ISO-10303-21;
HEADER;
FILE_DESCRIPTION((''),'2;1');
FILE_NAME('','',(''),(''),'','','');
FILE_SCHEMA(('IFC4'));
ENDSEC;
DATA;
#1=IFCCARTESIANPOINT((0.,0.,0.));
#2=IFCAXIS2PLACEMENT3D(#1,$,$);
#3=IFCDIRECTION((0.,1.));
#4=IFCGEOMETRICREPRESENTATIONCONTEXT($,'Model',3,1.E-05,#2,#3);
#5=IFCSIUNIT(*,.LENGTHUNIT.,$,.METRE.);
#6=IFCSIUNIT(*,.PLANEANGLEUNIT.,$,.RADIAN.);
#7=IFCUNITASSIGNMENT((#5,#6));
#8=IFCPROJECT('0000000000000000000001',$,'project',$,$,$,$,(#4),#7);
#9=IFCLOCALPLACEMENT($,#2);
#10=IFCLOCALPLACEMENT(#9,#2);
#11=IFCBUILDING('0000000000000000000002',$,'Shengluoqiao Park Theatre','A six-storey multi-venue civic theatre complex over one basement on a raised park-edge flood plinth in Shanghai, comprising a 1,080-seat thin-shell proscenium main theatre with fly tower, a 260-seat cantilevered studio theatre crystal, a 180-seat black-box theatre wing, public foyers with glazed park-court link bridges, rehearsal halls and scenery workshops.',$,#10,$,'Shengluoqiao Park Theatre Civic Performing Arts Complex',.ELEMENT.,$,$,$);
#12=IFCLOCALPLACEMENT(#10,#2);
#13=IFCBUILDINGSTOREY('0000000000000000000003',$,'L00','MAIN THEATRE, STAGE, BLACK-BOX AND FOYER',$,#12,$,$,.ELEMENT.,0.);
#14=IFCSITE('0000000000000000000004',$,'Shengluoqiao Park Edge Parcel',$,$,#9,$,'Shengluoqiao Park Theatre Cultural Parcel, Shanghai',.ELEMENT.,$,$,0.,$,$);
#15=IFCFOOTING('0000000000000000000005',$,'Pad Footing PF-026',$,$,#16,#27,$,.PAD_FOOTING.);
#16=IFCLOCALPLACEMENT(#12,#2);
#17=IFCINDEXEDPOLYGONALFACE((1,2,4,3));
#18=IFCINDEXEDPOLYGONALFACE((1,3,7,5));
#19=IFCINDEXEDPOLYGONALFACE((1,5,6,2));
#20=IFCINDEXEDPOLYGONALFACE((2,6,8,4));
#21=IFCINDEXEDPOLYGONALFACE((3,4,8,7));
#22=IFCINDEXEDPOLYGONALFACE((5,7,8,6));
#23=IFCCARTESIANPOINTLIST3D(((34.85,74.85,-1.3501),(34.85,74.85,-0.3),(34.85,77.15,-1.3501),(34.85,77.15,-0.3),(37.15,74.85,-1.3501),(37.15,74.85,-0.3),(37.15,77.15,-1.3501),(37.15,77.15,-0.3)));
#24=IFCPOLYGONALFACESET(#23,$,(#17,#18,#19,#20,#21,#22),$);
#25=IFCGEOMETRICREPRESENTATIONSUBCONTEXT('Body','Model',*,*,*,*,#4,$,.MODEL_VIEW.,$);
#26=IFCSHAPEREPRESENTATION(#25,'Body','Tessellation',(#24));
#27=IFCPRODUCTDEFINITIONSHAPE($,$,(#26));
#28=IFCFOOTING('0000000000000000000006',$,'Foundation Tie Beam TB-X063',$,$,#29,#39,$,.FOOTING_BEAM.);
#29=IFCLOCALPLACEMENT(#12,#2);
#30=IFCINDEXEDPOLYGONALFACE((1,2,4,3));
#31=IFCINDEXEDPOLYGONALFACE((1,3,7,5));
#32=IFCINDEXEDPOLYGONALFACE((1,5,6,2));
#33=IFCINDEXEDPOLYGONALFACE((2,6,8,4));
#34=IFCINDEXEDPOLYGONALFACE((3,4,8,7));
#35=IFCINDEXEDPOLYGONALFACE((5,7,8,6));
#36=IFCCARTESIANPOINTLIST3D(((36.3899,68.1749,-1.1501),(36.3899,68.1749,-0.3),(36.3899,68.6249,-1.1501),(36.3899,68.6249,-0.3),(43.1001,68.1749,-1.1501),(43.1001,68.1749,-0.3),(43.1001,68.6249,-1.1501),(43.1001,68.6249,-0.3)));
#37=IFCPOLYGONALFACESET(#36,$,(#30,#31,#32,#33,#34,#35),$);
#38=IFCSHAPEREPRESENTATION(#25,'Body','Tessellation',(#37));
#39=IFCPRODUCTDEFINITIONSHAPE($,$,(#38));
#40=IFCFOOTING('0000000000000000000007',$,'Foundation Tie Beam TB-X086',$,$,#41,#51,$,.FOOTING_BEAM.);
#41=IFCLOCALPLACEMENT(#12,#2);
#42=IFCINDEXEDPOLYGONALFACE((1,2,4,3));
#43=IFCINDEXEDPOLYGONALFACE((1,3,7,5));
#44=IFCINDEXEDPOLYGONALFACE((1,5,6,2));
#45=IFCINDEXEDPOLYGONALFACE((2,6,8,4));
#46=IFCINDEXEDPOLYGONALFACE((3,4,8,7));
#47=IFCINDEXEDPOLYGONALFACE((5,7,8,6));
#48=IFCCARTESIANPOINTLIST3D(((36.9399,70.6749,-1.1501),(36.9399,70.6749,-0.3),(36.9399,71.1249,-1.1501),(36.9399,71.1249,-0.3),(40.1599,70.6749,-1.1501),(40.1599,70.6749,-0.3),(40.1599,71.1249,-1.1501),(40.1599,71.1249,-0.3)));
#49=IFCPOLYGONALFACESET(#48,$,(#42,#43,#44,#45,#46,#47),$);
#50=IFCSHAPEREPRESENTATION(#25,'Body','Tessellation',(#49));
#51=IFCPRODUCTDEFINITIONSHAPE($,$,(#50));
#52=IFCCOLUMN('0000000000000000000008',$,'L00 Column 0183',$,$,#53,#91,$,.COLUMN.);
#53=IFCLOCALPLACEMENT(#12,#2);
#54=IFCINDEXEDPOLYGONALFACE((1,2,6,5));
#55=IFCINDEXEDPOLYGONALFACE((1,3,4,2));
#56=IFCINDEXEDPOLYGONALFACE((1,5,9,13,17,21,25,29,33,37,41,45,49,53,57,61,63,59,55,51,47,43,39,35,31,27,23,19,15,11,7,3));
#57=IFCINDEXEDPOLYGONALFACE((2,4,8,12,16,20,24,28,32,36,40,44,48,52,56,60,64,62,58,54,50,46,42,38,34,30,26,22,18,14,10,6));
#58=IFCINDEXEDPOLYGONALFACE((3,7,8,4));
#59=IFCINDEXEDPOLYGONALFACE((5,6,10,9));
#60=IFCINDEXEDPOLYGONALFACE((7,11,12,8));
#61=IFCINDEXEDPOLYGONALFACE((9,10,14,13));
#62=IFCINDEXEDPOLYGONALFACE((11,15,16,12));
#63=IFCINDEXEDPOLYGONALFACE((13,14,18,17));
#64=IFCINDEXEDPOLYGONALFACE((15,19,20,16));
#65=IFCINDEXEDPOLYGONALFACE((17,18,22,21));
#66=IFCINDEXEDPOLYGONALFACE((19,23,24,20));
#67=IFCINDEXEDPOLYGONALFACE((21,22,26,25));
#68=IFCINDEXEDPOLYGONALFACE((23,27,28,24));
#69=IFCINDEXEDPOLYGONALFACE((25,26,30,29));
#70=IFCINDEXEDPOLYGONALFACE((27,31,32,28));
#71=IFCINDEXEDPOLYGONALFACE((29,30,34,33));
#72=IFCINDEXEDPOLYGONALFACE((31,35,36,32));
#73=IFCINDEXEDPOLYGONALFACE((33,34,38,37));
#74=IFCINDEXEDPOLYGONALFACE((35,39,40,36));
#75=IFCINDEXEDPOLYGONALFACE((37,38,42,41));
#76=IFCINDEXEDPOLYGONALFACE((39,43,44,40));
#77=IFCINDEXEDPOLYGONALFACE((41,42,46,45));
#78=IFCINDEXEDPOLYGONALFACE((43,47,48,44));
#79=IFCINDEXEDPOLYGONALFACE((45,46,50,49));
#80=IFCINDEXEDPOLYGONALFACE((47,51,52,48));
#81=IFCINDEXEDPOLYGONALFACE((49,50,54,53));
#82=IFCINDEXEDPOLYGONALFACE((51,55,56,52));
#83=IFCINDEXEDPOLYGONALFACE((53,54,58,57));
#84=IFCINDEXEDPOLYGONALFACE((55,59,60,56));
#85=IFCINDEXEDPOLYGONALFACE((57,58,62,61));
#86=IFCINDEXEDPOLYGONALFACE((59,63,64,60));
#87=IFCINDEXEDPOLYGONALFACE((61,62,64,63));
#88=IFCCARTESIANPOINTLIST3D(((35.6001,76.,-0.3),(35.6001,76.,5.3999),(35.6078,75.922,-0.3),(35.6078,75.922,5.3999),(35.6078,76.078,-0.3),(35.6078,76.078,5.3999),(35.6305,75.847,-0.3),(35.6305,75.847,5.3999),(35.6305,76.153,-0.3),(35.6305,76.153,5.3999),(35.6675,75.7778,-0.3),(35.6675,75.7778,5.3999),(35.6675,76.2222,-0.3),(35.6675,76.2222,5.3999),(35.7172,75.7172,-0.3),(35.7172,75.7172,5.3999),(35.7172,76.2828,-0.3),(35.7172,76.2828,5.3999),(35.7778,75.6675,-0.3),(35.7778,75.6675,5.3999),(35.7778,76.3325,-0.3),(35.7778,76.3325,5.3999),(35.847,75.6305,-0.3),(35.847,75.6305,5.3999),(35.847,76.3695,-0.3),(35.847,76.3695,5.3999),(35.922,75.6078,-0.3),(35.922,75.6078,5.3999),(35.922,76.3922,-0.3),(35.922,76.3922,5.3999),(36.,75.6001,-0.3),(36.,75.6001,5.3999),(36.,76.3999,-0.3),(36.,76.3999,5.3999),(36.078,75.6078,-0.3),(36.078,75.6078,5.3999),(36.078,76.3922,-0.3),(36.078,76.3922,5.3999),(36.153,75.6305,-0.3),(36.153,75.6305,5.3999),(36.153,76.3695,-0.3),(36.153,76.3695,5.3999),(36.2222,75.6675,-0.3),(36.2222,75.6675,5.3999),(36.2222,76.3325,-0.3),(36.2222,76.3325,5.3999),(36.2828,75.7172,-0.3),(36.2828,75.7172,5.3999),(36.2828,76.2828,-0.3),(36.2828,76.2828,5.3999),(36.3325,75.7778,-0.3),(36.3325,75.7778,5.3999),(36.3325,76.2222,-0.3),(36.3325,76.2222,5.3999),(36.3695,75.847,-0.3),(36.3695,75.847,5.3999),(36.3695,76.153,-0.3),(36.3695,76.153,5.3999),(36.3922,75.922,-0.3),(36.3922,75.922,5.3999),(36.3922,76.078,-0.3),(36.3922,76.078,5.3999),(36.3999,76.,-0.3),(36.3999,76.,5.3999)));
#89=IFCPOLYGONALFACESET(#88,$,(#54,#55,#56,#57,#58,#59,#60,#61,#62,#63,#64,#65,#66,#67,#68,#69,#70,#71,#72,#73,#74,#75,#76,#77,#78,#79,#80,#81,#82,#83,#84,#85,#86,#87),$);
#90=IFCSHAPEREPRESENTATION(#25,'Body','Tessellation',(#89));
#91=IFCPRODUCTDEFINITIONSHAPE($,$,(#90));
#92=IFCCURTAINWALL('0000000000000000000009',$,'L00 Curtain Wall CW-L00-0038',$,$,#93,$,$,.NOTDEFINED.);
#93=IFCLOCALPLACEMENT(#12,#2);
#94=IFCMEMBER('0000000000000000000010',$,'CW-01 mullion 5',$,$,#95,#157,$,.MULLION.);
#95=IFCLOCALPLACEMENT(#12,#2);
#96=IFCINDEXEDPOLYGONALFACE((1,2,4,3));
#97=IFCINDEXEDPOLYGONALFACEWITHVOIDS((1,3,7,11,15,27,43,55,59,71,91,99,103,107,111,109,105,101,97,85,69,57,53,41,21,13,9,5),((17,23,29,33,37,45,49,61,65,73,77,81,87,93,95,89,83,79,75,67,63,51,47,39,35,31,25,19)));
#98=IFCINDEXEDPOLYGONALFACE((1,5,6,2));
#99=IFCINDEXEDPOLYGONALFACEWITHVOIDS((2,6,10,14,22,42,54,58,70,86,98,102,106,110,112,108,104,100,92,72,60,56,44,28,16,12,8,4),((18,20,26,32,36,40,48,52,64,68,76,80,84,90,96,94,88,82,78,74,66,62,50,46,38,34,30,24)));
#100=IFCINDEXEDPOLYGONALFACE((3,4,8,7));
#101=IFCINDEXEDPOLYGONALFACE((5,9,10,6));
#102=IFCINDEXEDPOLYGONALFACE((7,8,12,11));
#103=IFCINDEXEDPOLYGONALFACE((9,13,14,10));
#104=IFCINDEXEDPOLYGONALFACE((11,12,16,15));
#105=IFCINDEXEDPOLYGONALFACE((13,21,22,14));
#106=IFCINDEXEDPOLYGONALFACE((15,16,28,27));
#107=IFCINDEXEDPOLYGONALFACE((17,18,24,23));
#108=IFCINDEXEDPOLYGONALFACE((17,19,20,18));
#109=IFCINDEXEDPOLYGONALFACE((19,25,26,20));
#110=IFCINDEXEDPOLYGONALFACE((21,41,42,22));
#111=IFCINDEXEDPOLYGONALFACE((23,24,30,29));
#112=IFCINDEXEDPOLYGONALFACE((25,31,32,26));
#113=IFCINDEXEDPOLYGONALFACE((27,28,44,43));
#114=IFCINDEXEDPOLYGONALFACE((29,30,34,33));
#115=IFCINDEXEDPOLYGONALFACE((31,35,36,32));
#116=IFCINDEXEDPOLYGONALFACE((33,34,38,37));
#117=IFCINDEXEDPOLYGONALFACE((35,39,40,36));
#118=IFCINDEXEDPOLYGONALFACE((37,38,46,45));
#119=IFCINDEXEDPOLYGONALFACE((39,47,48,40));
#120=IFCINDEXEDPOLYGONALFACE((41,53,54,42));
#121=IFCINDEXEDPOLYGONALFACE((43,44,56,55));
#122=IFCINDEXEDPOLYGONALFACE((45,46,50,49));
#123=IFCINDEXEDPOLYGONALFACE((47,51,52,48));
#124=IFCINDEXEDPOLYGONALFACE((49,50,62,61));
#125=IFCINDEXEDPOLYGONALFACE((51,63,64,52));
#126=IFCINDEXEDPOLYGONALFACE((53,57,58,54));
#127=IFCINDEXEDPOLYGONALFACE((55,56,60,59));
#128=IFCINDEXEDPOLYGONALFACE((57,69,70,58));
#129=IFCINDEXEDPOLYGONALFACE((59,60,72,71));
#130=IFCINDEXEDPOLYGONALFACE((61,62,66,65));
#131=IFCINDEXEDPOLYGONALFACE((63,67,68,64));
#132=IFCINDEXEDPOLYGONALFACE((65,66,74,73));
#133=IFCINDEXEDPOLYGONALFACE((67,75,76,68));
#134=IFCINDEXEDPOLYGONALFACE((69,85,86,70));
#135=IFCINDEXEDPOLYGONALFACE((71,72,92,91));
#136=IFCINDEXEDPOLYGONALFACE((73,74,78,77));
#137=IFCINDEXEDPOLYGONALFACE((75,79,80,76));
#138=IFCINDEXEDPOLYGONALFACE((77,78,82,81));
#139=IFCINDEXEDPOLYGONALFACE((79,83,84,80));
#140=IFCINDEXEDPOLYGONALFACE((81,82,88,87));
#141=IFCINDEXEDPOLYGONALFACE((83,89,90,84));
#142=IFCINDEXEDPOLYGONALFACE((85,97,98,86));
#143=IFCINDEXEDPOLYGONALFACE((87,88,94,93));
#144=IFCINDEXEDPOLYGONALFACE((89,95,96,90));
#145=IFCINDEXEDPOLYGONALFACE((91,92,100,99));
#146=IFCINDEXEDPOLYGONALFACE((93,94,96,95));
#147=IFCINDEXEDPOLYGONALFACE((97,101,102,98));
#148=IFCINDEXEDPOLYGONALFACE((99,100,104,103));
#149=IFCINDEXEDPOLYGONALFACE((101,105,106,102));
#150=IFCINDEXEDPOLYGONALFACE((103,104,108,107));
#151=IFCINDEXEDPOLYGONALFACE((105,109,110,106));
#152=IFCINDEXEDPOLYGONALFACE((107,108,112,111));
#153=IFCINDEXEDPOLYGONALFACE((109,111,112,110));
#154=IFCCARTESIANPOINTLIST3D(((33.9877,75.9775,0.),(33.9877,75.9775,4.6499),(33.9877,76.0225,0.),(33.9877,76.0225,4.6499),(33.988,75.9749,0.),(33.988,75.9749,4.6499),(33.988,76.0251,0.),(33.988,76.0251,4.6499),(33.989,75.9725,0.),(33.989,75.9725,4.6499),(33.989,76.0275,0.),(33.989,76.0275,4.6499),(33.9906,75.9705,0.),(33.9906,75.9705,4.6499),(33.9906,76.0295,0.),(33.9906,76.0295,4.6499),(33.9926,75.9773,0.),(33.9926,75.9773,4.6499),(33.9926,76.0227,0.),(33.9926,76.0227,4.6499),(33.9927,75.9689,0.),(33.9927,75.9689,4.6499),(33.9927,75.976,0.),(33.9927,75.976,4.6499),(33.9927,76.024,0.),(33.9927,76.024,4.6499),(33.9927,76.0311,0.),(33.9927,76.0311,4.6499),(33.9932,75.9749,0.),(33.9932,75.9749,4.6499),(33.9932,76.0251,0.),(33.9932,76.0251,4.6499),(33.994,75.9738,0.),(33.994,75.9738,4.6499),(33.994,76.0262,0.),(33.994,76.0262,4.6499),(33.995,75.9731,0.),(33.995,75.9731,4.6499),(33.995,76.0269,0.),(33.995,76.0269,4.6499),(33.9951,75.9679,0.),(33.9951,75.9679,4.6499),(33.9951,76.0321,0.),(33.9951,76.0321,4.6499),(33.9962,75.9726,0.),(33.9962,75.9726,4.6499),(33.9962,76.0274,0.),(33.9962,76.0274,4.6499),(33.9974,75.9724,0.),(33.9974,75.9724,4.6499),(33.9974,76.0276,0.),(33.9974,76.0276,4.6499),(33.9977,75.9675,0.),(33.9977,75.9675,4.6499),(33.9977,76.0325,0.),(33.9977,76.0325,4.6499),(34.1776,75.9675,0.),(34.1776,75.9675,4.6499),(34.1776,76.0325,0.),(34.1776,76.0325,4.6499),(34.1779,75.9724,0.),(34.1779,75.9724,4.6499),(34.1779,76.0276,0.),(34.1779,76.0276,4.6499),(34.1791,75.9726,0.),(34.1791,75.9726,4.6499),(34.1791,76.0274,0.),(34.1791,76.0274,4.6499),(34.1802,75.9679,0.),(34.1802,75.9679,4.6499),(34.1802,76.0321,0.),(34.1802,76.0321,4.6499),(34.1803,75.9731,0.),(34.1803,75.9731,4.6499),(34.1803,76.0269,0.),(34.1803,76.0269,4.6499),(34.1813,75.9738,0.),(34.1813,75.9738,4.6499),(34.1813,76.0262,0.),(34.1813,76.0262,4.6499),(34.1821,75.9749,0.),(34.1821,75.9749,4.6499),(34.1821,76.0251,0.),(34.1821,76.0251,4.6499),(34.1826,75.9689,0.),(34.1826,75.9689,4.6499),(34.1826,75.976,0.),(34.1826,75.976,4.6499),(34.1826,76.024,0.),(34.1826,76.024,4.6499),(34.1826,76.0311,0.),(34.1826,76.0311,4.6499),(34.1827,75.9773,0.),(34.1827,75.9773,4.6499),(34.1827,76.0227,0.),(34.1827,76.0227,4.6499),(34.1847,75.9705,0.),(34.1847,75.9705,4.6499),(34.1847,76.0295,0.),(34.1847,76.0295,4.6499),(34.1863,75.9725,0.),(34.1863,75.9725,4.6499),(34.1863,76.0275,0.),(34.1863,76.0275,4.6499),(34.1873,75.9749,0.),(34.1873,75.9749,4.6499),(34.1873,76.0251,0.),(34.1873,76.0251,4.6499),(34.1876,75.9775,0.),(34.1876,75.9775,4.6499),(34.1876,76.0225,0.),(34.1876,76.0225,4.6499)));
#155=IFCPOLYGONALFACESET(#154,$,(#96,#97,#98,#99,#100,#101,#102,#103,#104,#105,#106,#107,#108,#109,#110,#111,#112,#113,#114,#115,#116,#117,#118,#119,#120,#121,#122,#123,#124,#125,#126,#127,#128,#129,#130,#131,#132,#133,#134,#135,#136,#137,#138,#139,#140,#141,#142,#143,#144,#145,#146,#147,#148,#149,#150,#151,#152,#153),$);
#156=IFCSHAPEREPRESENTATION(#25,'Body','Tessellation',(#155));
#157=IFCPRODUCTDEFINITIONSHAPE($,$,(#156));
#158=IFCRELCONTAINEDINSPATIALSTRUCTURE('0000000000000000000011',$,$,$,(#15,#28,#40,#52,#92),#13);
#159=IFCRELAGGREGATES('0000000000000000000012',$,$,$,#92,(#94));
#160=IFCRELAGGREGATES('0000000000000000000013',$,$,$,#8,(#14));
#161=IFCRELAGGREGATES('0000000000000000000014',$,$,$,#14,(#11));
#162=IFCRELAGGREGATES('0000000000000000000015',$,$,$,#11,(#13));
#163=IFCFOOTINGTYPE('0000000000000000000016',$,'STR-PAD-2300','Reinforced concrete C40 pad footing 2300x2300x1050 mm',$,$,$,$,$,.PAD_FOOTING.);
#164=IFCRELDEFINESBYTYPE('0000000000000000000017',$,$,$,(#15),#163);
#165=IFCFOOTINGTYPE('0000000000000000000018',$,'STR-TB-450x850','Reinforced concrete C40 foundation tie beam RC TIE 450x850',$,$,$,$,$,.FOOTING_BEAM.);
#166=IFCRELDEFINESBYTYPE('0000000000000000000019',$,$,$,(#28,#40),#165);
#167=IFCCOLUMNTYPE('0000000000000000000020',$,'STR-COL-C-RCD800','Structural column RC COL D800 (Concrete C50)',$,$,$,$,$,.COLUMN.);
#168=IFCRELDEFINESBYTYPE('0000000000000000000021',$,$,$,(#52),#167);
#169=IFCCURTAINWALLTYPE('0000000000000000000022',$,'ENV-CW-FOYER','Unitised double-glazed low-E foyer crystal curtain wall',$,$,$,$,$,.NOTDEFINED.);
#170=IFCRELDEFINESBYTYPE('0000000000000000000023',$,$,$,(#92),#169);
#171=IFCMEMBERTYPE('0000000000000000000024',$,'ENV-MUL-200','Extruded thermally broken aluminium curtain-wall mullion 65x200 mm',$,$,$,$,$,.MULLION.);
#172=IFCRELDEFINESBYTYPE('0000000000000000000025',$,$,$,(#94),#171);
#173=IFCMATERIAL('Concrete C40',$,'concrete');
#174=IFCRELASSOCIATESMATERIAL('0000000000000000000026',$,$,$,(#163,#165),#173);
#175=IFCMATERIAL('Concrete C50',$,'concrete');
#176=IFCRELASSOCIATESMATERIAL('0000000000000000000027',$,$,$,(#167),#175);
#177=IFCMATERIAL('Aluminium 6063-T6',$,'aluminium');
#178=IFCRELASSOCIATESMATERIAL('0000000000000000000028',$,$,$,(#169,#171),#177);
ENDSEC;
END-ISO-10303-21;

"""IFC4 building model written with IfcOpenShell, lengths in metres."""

from ifc_helpers import new_model, si_unit, direction, frame, origin, origin_2d, place, context, subcontext, project, spatial, rectangle, hollow_rectangle, circle, extrude, material, material_profile, profile_set, type_object, element, aggregate, save


model = new_model("IFC4")

# Units and contexts
model_context = context("Model", 3, precision=1e-05, world=origin(), true_north=direction((0.0, 1.0)))
body_context = subcontext(model_context, "Body", "Model", "MODEL_VIEW")
ifc_project = project(units=[si_unit("LENGTHUNIT", "METRE"), si_unit("PLANEANGLEUNIT", "RADIAN")], contexts=[model_context])

# Site, building, storey
site_placement = place(None, origin())
site = spatial("IfcSite", under=ifc_project, at=site_placement, Name="Shengluoqiao Park Edge Parcel", LongName="Shengluoqiao Park Theatre Cultural Parcel, Shanghai", CompositionType="ELEMENT", RefElevation=0.0)
building_placement = place(site_placement, origin())
building = spatial("IfcBuilding", under=site, at=building_placement, Name="Shengluoqiao Park Theatre", Description="A six-storey multi-venue civic theatre complex over one basement on a raised park-edge flood plinth in Shanghai, comprising a 1,080-seat thin-shell proscenium main theatre with fly tower, a 260-seat cantilevered studio theatre crystal, a 180-seat black-box theatre wing, public foyers with glazed park-court link bridges, rehearsal halls and scenery workshops.", LongName="Shengluoqiao Park Theatre Civic Performing Arts Complex", CompositionType="ELEMENT")
storey_placement = place(building_placement, origin())
storey = spatial("IfcBuildingStorey", under=building, at=storey_placement, Name="L00", Description="MAIN THEATRE, STAGE, BLACK-BOX AND FOYER", CompositionType="ELEMENT", Elevation=0.0)

# Footings
ifc_material_1 = material(Name="Concrete C40", Category="concrete")
footing_type_1 = type_object("IfcFootingType", Name="STR-PAD-2300", Description="Reinforced concrete C40 pad footing 2300x2300x1050 mm", PredefinedType="PAD_FOOTING", material=ifc_material_1)
footing_1_placement = place(storey_placement, frame((36.0, 76.0, -1.3501), z_axis=(0.0, 0.0, 1.0), x_axis=(1.0, 0.0, 0.0)))
element("IfcFooting", 1, at=footing_1_placement, inside=storey, type_object=footing_type_1, Name="Pad Footing PF-026", PredefinedType="PAD_FOOTING", context=body_context, shape_type="SweptSolid", body=[
    extrude(rectangle(XDim=2.3, YDim=2.3, at=origin_2d()), origin(), (0.0, 0.0, 1.0), 1.05),
])
ifc_material_profile_1 = material_profile(ifc_material_1, rectangle(XDim=0.45, YDim=0.8501, at=origin_2d()), Name="RC TIE 450x850")
ifc_profile_set_1 = profile_set([ifc_material_profile_1], Name="Concrete C40")
footing_type_2 = type_object("IfcFootingType", Name="STR-TB-450x850", Description="Reinforced concrete C40 foundation tie beam RC TIE 450x850", PredefinedType="FOOTING_BEAM", material=ifc_profile_set_1)
footing_2_placement = place(storey_placement, frame((36.3899, 68.3999, -0.7251), z_axis=(1.0, 0.0, 0.0), x_axis=(0.0, 1.0, 0.0)))
element("IfcFooting", 2, at=footing_2_placement, inside=storey, type_object=footing_type_2, Name="Foundation Tie Beam TB-X063", PredefinedType="FOOTING_BEAM", context=body_context, shape_type="SweptSolid", body=[
    extrude(rectangle(XDim=0.45, YDim=0.8501, at=origin_2d()), origin(), (0.0, 0.0, 1.0), 6.7102),
])
footing_3_placement = place(storey_placement, frame((36.9399, 70.8999, -0.7251), z_axis=(1.0, 0.0, 0.0), x_axis=(0.0, 1.0, 0.0)))
element("IfcFooting", 3, at=footing_3_placement, inside=storey, type_object=footing_type_2, Name="Foundation Tie Beam TB-X086", PredefinedType="FOOTING_BEAM", context=body_context, shape_type="SweptSolid", body=[
    extrude(rectangle(XDim=0.45, YDim=0.8501, at=origin_2d()), origin(), (0.0, 0.0, 1.0), 3.22),
])

# Column
ifc_material_2 = material(Name="Concrete C50", Category="concrete")
ifc_material_profile_2 = material_profile(ifc_material_2, circle(Radius=0.3999, at=origin_2d()), Name="RC COL D800")
ifc_profile_set_2 = profile_set([ifc_material_profile_2], Name="Concrete C50")
column_type = type_object("IfcColumnType", Name="STR-COL-C-RCD800", Description="Structural column RC COL D800 (Concrete C50)", PredefinedType="COLUMN", material=ifc_profile_set_2)
column_placement = place(storey_placement, frame((36.0, 76.0, -0.3), z_axis=(0.0, 0.0, 1.0), x_axis=(1.0, 0.0, 0.0)))
element("IfcColumn", 4, at=column_placement, inside=storey, type_object=column_type, Name="L00 Column 0183", PredefinedType="COLUMN", context=body_context, shape_type="SweptSolid", body=[
    extrude(circle(Radius=0.3999, at=origin_2d()), origin(), (0.0, 0.0, 1.0), 5.7),
])

# Curtain wall, member
ifc_material_3 = material(Name="Aluminium 6063-T6", Category="aluminium")
curtain_wall_type = type_object("IfcCurtainWallType", Name="ENV-CW-FOYER", Description="Unitised double-glazed low-E foyer crystal curtain wall", PredefinedType="NOTDEFINED", material=ifc_material_3)
curtain_wall_placement = place(storey_placement, origin())
curtain_wall = element("IfcCurtainWall", 5, at=curtain_wall_placement, inside=storey, type_object=curtain_wall_type, Name="L00 Curtain Wall CW-L00-0038", PredefinedType="NOTDEFINED")
ifc_material_profile_3 = material_profile(ifc_material_3, hollow_rectangle(XDim=0.0649, YDim=0.2, WallThickness=0.0049, InnerFilletRadius=0.0049, OuterFilletRadius=0.01, at=origin_2d()), Name="ALU MULLION 200x65x5")
ifc_profile_set_3 = profile_set([ifc_material_profile_3], Name="Aluminium 6063-T6")
member_type_1 = type_object("IfcMemberType", Name="ENV-MUL-200", Description="Extruded thermally broken aluminium curtain-wall mullion 65x200 mm", PredefinedType="MULLION", material=ifc_profile_set_3)
member_1_placement = place(storey_placement, frame((34.0876, 76.0, 0.0), z_axis=(0.0, 0.0, 1.0), x_axis=(0.0, 1.0, 0.0)))
member_1 = element("IfcMember", 6, at=member_1_placement, type_object=member_type_1, Name="CW-01 mullion 5", PredefinedType="MULLION", context=body_context, shape_type="SweptSolid", body=[
    extrude(hollow_rectangle(XDim=0.0649, YDim=0.2, WallThickness=0.0049, InnerFilletRadius=0.0049, OuterFilletRadius=0.01, at=origin_2d()), origin(), (0.0, 0.0, 1.0), 4.6499),
])
aggregate(curtain_wall, [member_1])

save(model, "model.ifc")
